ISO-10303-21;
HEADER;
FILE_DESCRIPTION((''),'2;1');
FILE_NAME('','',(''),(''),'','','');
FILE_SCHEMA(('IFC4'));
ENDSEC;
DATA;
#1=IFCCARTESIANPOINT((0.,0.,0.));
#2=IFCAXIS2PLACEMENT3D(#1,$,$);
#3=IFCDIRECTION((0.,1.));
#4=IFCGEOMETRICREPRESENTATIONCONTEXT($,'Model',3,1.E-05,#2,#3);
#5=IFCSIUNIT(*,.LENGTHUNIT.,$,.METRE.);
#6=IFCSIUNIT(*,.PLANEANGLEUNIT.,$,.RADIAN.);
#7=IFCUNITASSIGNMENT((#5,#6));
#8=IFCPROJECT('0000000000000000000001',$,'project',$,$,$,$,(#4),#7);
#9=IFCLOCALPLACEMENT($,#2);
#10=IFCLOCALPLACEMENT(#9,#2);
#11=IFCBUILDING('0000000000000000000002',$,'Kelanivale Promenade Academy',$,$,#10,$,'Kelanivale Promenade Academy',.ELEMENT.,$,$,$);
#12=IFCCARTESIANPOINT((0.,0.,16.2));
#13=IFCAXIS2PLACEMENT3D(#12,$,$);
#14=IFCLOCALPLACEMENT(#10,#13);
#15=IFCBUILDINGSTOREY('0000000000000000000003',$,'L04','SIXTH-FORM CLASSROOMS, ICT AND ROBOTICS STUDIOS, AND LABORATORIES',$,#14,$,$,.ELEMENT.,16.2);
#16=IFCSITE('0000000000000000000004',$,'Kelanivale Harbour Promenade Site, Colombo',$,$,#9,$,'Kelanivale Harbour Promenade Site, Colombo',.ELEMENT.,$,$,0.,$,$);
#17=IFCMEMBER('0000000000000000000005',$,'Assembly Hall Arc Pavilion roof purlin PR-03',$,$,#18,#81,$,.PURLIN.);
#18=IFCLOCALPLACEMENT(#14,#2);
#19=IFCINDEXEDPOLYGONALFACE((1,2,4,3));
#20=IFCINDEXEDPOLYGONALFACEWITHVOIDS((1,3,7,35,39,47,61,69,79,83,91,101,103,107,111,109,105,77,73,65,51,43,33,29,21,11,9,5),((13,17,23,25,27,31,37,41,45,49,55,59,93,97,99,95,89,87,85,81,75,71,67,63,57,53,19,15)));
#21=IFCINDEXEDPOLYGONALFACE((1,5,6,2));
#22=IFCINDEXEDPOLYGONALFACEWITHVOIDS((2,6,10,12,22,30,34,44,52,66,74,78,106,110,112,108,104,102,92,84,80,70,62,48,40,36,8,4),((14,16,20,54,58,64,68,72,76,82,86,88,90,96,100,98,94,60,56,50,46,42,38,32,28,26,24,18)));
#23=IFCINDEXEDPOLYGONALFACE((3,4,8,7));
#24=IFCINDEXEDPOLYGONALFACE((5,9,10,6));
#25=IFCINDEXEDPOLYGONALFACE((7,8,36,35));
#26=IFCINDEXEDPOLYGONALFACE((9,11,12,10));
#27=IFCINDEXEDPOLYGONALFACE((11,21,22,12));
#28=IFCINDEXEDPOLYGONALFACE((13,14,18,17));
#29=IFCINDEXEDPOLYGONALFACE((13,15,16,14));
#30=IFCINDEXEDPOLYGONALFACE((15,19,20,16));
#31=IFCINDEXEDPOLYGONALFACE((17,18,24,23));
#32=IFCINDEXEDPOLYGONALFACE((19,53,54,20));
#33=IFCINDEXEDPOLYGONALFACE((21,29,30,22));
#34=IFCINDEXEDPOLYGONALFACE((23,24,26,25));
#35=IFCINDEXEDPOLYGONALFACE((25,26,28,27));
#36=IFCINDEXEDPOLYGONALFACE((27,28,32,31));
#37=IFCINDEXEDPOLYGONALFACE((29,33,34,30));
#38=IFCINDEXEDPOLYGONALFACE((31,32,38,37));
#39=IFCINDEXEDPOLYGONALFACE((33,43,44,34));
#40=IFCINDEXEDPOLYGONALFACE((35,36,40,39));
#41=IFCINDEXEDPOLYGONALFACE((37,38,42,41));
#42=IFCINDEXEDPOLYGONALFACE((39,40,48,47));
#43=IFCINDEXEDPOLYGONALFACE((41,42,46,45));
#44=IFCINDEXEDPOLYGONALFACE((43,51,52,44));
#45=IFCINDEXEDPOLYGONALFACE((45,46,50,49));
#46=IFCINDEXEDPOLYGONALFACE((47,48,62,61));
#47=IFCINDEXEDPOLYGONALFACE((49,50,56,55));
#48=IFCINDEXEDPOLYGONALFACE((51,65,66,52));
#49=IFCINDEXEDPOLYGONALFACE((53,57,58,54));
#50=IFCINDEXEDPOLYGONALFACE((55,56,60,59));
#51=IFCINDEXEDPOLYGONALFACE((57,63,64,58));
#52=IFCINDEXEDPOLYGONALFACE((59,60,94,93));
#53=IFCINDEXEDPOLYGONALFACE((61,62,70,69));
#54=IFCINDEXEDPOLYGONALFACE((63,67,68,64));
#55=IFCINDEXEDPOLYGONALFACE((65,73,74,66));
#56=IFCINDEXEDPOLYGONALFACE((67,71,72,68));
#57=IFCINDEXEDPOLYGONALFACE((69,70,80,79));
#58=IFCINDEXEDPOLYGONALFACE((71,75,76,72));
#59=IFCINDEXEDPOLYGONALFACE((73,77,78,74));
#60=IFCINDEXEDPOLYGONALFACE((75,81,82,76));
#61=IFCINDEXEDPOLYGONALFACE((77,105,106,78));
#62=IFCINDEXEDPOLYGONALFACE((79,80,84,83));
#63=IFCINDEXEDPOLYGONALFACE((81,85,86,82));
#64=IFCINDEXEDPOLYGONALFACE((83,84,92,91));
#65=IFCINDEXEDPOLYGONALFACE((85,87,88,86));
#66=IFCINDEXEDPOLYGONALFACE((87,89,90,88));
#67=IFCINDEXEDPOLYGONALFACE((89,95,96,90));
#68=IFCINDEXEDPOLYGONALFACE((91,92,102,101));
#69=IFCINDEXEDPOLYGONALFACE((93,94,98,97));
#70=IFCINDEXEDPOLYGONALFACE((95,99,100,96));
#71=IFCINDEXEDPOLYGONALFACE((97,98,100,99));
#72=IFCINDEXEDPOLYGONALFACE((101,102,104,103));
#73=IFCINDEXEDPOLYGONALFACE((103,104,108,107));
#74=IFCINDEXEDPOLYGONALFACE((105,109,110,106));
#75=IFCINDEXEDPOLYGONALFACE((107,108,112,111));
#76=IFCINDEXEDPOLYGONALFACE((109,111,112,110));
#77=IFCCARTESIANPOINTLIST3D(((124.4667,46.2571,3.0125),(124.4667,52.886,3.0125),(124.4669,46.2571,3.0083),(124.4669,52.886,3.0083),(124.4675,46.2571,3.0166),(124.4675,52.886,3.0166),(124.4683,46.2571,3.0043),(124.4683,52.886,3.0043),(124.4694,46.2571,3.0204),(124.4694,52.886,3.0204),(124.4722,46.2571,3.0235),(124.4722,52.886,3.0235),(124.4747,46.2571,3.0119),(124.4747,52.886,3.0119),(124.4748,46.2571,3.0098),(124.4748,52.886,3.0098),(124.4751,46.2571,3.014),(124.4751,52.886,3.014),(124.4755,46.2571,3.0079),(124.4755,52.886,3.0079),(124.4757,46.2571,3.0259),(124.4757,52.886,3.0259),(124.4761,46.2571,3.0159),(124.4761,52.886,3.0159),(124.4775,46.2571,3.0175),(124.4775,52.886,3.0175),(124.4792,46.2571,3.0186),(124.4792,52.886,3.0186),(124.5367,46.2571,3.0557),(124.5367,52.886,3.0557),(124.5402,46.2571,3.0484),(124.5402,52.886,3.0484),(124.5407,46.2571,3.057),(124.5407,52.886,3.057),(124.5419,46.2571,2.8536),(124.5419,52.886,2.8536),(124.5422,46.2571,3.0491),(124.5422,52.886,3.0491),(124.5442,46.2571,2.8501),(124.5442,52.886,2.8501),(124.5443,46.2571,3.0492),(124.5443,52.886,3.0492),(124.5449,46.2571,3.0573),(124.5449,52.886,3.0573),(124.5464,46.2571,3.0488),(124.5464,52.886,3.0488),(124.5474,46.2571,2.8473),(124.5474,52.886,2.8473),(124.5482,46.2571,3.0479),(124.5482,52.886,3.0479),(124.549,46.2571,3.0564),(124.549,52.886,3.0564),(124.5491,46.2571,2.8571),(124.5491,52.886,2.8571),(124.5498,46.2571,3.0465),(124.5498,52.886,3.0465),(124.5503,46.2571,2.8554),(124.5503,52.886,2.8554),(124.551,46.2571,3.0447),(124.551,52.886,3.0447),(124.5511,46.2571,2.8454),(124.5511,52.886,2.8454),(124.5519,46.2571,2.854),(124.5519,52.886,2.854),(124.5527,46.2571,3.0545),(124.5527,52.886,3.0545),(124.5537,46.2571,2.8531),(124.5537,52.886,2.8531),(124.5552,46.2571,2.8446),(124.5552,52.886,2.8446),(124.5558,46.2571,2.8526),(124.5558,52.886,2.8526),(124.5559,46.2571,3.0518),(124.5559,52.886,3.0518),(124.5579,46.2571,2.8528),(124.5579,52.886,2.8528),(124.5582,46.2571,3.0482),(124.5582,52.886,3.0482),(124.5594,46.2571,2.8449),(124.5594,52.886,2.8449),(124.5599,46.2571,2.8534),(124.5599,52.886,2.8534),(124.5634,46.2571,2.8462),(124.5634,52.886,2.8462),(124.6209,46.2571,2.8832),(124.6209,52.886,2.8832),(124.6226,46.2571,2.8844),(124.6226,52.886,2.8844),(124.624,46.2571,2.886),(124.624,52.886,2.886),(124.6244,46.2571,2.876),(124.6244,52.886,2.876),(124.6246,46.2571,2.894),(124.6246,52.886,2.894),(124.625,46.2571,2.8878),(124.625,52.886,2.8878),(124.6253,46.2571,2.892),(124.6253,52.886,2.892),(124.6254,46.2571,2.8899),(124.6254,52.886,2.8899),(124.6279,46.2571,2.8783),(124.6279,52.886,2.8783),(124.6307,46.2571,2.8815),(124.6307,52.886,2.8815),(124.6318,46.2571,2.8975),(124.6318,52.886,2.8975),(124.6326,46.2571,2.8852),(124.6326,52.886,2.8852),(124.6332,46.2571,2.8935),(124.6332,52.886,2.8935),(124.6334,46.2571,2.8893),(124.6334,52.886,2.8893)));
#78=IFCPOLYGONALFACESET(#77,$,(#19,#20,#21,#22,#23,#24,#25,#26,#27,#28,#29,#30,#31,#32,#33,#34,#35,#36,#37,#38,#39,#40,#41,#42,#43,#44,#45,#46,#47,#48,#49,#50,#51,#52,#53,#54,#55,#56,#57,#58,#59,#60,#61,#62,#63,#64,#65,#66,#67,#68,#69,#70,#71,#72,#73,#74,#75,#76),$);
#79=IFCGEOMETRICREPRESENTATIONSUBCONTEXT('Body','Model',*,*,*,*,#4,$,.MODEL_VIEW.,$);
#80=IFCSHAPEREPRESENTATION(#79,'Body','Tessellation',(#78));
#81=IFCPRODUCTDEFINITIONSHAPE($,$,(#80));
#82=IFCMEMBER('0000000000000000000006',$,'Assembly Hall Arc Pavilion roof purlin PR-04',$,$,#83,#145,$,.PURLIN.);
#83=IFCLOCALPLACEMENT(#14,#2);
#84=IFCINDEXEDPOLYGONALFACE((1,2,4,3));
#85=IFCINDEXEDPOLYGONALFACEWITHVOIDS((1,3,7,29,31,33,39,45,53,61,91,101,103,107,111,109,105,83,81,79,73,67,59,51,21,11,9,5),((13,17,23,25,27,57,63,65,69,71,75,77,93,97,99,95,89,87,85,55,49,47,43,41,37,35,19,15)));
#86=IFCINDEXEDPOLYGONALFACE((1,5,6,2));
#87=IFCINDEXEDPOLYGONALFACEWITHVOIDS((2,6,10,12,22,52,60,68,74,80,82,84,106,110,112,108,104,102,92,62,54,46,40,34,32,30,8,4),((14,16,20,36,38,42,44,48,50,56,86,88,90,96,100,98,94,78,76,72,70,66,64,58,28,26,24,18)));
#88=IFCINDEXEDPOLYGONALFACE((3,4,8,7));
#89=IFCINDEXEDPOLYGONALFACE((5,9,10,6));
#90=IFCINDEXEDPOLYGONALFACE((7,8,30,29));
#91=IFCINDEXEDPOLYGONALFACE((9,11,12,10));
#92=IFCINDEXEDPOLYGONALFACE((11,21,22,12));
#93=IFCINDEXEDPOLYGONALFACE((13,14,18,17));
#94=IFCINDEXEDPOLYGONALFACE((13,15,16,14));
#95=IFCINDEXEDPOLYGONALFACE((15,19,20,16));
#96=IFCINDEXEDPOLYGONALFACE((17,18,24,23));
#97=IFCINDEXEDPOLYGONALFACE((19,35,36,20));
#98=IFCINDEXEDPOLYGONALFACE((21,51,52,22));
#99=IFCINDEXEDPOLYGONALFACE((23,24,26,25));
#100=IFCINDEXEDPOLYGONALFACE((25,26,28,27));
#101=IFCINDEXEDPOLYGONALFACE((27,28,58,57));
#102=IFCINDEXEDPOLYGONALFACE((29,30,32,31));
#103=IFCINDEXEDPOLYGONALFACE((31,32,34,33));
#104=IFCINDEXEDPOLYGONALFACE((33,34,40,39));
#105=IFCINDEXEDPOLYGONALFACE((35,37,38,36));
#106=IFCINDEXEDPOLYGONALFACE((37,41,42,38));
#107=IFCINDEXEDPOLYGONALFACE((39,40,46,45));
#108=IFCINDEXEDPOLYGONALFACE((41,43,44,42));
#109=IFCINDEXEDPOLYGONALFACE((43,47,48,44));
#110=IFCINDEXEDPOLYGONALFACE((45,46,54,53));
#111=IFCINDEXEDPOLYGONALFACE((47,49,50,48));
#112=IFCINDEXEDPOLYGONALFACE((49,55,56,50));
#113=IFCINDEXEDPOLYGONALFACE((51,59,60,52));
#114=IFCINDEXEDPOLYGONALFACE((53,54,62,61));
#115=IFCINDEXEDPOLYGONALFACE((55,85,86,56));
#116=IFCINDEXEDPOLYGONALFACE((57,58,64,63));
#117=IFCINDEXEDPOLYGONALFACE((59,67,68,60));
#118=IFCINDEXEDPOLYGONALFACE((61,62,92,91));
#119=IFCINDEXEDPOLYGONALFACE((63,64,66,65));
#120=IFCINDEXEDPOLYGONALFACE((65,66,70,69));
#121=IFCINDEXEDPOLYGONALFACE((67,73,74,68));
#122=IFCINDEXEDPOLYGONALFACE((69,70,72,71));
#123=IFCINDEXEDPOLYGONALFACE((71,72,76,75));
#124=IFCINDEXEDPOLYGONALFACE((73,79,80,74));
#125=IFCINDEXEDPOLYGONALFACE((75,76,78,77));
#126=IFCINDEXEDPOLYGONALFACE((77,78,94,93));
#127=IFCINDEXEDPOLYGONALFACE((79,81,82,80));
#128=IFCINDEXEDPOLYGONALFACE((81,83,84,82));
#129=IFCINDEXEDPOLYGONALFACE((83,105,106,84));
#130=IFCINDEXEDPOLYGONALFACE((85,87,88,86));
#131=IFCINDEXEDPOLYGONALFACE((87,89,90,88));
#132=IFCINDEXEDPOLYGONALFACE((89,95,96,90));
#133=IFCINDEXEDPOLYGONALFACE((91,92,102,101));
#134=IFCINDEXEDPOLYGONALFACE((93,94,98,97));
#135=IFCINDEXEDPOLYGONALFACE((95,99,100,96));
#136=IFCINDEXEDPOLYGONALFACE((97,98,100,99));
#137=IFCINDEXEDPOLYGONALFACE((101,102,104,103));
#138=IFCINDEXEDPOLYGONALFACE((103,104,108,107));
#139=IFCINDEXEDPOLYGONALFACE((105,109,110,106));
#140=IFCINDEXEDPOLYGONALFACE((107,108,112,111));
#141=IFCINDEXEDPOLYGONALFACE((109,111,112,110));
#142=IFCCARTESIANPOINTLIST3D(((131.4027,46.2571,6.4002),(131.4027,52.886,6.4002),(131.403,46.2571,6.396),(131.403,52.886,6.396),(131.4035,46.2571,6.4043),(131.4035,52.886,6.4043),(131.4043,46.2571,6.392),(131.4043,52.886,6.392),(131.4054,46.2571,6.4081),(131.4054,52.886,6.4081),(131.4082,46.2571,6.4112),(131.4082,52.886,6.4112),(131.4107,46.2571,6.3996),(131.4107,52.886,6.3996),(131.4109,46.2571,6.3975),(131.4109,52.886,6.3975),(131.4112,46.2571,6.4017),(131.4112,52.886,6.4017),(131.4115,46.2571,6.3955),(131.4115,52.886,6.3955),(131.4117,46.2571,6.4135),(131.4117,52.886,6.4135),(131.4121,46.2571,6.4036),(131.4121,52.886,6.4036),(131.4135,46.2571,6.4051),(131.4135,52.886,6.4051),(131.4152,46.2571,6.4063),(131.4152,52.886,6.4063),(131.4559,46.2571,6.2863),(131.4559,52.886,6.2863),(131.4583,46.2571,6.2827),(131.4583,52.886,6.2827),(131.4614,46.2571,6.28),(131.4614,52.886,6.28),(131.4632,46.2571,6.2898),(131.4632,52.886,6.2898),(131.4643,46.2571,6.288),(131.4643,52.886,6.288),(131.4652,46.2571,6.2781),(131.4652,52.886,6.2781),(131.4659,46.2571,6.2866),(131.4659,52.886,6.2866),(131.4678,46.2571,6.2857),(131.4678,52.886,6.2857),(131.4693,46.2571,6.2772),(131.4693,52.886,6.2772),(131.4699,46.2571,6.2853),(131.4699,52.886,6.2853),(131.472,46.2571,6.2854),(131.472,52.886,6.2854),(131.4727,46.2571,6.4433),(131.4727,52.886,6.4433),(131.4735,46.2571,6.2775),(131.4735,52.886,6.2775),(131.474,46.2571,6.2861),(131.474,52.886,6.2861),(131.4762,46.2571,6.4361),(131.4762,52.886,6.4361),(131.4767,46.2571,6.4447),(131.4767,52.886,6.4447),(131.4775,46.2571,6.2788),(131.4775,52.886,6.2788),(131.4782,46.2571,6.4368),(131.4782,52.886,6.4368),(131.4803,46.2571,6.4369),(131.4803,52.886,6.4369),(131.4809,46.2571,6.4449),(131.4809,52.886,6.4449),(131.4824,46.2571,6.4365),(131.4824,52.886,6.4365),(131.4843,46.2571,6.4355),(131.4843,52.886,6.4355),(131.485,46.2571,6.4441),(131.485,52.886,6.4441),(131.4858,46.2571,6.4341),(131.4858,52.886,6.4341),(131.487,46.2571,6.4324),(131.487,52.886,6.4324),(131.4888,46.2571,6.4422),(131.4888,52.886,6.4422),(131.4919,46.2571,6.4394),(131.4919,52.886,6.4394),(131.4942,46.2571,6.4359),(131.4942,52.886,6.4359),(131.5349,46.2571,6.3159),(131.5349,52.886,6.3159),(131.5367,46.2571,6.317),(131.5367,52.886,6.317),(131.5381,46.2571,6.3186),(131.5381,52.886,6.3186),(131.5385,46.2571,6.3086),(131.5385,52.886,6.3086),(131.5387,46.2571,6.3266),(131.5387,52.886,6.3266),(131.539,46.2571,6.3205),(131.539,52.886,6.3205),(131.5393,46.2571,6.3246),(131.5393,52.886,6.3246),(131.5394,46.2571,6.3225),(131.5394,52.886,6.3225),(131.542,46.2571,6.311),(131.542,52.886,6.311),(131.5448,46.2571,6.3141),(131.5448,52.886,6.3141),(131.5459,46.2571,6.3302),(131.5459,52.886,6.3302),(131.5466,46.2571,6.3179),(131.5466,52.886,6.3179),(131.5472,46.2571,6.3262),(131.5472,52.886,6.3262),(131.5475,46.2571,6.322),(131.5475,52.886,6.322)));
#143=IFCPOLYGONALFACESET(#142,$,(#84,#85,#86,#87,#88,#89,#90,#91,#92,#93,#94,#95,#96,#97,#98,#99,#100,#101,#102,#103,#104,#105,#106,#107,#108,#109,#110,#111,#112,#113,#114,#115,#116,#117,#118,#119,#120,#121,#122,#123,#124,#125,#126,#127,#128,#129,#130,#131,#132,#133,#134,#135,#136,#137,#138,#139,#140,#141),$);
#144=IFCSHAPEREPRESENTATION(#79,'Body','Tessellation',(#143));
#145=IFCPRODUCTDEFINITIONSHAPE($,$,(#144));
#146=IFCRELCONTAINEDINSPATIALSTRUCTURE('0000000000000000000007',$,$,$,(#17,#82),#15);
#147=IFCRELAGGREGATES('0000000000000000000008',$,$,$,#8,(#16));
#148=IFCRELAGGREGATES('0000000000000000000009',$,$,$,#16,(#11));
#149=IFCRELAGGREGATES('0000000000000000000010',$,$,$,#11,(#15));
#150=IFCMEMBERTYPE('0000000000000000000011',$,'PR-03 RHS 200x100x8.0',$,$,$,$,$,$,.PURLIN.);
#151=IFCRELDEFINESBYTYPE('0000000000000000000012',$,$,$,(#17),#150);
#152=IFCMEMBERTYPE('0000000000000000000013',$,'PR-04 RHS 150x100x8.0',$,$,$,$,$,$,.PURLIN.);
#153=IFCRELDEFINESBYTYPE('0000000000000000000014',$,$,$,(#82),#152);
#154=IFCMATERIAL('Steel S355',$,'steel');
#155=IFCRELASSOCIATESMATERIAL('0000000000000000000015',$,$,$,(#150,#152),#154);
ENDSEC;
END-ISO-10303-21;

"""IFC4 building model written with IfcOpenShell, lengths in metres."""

from ifc_helpers import new_model, si_unit, direction, frame, origin, origin_2d, place, context, subcontext, project, spatial, hollow_rectangle, extrude, material, material_profile, profile_set, type_object, element, save


model = new_model("IFC4")

# Units and contexts
model_context = context("Model", 3, precision=1e-05, world=origin(), true_north=direction((0.0, 1.0)))
body_context = subcontext(model_context, "Body", "Model", "MODEL_VIEW")
ifc_project = project(units=[si_unit("LENGTHUNIT", "METRE"), si_unit("PLANEANGLEUNIT", "RADIAN")], contexts=[model_context])

# Site, building, storey
site_placement = place(None, origin())
site = spatial("IfcSite", under=ifc_project, at=site_placement, Name="Kelanivale Harbour Promenade Site, Colombo", LongName="Kelanivale Harbour Promenade Site, Colombo", CompositionType="ELEMENT", RefElevation=0.0)
building_placement = place(site_placement, origin())
building = spatial("IfcBuilding", under=site, at=building_placement, Name="Kelanivale Promenade Academy", LongName="Kelanivale Promenade Academy", CompositionType="ELEMENT")
storey_placement = place(building_placement, frame((0.0, 0.0, 16.2)))
storey = spatial("IfcBuildingStorey", under=building, at=storey_placement, Name="L04", Description="SIXTH-FORM CLASSROOMS, ICT AND ROBOTICS STUDIOS, AND LABORATORIES", CompositionType="ELEMENT", Elevation=16.2)

# Shared definitions
ifc_material_1 = material(Name="Steel S355", Category="steel")

# Members
ifc_material_profile_1 = material_profile(ifc_material_1, hollow_rectangle(XDim=0.1001, YDim=0.2, WallThickness=0.0081, InnerFilletRadius=0.0081, OuterFilletRadius=0.0161, at=origin_2d()), Name="RHS 200x100x8.0")
ifc_profile_set_1 = profile_set([ifc_material_profile_1], Name="Steel S355")
member_type_1 = type_object("IfcMemberType", Name="PR-03 RHS 200x100x8.0", PredefinedType="PURLIN", material=ifc_profile_set_1)
member_1_placement = place(storey_placement, frame((124.55, 46.2571, 2.9509), z_axis=(0.0, 1.0, 0.0), x_axis=(-0.898564, 0.0, -0.438842)))
element("IfcMember", 1, at=member_1_placement, inside=storey, type_object=member_type_1, Name="Assembly Hall Arc Pavilion roof purlin PR-03", PredefinedType="PURLIN", context=body_context, shape_type="SweptSolid", body=[
    extrude(hollow_rectangle(XDim=0.1001, YDim=0.2, WallThickness=0.0081, InnerFilletRadius=0.0081, OuterFilletRadius=0.0161, at=origin_2d()), origin(), (0.0, 0.0, 1.0), 6.6289),
])
ifc_material_profile_2 = material_profile(ifc_material_1, hollow_rectangle(XDim=0.1001, YDim=0.1499, WallThickness=0.0081, InnerFilletRadius=0.0081, OuterFilletRadius=0.0161, at=origin_2d()), Name="RHS 150x100x8.0")
ifc_profile_set_2 = profile_set([ifc_material_profile_2], Name="Steel S355")
member_type_2 = type_object("IfcMemberType", Name="PR-04 RHS 150x100x8.0", PredefinedType="PURLIN", material=ifc_profile_set_2)
member_2_placement = place(storey_placement, frame((131.4751, 46.2571, 6.3611), z_axis=(0.0, 1.0, 0.0), x_axis=(-0.898564, 0.0, -0.438842)))
element("IfcMember", 2, at=member_2_placement, inside=storey, type_object=member_type_2, Name="Assembly Hall Arc Pavilion roof purlin PR-04", PredefinedType="PURLIN", context=body_context, shape_type="SweptSolid", body=[
    extrude(hollow_rectangle(XDim=0.1001, YDim=0.1499, WallThickness=0.0081, InnerFilletRadius=0.0081, OuterFilletRadius=0.0161, at=origin_2d()), origin(), (0.0, 0.0, 1.0), 6.6289),
])

save(model, "model.ifc")
